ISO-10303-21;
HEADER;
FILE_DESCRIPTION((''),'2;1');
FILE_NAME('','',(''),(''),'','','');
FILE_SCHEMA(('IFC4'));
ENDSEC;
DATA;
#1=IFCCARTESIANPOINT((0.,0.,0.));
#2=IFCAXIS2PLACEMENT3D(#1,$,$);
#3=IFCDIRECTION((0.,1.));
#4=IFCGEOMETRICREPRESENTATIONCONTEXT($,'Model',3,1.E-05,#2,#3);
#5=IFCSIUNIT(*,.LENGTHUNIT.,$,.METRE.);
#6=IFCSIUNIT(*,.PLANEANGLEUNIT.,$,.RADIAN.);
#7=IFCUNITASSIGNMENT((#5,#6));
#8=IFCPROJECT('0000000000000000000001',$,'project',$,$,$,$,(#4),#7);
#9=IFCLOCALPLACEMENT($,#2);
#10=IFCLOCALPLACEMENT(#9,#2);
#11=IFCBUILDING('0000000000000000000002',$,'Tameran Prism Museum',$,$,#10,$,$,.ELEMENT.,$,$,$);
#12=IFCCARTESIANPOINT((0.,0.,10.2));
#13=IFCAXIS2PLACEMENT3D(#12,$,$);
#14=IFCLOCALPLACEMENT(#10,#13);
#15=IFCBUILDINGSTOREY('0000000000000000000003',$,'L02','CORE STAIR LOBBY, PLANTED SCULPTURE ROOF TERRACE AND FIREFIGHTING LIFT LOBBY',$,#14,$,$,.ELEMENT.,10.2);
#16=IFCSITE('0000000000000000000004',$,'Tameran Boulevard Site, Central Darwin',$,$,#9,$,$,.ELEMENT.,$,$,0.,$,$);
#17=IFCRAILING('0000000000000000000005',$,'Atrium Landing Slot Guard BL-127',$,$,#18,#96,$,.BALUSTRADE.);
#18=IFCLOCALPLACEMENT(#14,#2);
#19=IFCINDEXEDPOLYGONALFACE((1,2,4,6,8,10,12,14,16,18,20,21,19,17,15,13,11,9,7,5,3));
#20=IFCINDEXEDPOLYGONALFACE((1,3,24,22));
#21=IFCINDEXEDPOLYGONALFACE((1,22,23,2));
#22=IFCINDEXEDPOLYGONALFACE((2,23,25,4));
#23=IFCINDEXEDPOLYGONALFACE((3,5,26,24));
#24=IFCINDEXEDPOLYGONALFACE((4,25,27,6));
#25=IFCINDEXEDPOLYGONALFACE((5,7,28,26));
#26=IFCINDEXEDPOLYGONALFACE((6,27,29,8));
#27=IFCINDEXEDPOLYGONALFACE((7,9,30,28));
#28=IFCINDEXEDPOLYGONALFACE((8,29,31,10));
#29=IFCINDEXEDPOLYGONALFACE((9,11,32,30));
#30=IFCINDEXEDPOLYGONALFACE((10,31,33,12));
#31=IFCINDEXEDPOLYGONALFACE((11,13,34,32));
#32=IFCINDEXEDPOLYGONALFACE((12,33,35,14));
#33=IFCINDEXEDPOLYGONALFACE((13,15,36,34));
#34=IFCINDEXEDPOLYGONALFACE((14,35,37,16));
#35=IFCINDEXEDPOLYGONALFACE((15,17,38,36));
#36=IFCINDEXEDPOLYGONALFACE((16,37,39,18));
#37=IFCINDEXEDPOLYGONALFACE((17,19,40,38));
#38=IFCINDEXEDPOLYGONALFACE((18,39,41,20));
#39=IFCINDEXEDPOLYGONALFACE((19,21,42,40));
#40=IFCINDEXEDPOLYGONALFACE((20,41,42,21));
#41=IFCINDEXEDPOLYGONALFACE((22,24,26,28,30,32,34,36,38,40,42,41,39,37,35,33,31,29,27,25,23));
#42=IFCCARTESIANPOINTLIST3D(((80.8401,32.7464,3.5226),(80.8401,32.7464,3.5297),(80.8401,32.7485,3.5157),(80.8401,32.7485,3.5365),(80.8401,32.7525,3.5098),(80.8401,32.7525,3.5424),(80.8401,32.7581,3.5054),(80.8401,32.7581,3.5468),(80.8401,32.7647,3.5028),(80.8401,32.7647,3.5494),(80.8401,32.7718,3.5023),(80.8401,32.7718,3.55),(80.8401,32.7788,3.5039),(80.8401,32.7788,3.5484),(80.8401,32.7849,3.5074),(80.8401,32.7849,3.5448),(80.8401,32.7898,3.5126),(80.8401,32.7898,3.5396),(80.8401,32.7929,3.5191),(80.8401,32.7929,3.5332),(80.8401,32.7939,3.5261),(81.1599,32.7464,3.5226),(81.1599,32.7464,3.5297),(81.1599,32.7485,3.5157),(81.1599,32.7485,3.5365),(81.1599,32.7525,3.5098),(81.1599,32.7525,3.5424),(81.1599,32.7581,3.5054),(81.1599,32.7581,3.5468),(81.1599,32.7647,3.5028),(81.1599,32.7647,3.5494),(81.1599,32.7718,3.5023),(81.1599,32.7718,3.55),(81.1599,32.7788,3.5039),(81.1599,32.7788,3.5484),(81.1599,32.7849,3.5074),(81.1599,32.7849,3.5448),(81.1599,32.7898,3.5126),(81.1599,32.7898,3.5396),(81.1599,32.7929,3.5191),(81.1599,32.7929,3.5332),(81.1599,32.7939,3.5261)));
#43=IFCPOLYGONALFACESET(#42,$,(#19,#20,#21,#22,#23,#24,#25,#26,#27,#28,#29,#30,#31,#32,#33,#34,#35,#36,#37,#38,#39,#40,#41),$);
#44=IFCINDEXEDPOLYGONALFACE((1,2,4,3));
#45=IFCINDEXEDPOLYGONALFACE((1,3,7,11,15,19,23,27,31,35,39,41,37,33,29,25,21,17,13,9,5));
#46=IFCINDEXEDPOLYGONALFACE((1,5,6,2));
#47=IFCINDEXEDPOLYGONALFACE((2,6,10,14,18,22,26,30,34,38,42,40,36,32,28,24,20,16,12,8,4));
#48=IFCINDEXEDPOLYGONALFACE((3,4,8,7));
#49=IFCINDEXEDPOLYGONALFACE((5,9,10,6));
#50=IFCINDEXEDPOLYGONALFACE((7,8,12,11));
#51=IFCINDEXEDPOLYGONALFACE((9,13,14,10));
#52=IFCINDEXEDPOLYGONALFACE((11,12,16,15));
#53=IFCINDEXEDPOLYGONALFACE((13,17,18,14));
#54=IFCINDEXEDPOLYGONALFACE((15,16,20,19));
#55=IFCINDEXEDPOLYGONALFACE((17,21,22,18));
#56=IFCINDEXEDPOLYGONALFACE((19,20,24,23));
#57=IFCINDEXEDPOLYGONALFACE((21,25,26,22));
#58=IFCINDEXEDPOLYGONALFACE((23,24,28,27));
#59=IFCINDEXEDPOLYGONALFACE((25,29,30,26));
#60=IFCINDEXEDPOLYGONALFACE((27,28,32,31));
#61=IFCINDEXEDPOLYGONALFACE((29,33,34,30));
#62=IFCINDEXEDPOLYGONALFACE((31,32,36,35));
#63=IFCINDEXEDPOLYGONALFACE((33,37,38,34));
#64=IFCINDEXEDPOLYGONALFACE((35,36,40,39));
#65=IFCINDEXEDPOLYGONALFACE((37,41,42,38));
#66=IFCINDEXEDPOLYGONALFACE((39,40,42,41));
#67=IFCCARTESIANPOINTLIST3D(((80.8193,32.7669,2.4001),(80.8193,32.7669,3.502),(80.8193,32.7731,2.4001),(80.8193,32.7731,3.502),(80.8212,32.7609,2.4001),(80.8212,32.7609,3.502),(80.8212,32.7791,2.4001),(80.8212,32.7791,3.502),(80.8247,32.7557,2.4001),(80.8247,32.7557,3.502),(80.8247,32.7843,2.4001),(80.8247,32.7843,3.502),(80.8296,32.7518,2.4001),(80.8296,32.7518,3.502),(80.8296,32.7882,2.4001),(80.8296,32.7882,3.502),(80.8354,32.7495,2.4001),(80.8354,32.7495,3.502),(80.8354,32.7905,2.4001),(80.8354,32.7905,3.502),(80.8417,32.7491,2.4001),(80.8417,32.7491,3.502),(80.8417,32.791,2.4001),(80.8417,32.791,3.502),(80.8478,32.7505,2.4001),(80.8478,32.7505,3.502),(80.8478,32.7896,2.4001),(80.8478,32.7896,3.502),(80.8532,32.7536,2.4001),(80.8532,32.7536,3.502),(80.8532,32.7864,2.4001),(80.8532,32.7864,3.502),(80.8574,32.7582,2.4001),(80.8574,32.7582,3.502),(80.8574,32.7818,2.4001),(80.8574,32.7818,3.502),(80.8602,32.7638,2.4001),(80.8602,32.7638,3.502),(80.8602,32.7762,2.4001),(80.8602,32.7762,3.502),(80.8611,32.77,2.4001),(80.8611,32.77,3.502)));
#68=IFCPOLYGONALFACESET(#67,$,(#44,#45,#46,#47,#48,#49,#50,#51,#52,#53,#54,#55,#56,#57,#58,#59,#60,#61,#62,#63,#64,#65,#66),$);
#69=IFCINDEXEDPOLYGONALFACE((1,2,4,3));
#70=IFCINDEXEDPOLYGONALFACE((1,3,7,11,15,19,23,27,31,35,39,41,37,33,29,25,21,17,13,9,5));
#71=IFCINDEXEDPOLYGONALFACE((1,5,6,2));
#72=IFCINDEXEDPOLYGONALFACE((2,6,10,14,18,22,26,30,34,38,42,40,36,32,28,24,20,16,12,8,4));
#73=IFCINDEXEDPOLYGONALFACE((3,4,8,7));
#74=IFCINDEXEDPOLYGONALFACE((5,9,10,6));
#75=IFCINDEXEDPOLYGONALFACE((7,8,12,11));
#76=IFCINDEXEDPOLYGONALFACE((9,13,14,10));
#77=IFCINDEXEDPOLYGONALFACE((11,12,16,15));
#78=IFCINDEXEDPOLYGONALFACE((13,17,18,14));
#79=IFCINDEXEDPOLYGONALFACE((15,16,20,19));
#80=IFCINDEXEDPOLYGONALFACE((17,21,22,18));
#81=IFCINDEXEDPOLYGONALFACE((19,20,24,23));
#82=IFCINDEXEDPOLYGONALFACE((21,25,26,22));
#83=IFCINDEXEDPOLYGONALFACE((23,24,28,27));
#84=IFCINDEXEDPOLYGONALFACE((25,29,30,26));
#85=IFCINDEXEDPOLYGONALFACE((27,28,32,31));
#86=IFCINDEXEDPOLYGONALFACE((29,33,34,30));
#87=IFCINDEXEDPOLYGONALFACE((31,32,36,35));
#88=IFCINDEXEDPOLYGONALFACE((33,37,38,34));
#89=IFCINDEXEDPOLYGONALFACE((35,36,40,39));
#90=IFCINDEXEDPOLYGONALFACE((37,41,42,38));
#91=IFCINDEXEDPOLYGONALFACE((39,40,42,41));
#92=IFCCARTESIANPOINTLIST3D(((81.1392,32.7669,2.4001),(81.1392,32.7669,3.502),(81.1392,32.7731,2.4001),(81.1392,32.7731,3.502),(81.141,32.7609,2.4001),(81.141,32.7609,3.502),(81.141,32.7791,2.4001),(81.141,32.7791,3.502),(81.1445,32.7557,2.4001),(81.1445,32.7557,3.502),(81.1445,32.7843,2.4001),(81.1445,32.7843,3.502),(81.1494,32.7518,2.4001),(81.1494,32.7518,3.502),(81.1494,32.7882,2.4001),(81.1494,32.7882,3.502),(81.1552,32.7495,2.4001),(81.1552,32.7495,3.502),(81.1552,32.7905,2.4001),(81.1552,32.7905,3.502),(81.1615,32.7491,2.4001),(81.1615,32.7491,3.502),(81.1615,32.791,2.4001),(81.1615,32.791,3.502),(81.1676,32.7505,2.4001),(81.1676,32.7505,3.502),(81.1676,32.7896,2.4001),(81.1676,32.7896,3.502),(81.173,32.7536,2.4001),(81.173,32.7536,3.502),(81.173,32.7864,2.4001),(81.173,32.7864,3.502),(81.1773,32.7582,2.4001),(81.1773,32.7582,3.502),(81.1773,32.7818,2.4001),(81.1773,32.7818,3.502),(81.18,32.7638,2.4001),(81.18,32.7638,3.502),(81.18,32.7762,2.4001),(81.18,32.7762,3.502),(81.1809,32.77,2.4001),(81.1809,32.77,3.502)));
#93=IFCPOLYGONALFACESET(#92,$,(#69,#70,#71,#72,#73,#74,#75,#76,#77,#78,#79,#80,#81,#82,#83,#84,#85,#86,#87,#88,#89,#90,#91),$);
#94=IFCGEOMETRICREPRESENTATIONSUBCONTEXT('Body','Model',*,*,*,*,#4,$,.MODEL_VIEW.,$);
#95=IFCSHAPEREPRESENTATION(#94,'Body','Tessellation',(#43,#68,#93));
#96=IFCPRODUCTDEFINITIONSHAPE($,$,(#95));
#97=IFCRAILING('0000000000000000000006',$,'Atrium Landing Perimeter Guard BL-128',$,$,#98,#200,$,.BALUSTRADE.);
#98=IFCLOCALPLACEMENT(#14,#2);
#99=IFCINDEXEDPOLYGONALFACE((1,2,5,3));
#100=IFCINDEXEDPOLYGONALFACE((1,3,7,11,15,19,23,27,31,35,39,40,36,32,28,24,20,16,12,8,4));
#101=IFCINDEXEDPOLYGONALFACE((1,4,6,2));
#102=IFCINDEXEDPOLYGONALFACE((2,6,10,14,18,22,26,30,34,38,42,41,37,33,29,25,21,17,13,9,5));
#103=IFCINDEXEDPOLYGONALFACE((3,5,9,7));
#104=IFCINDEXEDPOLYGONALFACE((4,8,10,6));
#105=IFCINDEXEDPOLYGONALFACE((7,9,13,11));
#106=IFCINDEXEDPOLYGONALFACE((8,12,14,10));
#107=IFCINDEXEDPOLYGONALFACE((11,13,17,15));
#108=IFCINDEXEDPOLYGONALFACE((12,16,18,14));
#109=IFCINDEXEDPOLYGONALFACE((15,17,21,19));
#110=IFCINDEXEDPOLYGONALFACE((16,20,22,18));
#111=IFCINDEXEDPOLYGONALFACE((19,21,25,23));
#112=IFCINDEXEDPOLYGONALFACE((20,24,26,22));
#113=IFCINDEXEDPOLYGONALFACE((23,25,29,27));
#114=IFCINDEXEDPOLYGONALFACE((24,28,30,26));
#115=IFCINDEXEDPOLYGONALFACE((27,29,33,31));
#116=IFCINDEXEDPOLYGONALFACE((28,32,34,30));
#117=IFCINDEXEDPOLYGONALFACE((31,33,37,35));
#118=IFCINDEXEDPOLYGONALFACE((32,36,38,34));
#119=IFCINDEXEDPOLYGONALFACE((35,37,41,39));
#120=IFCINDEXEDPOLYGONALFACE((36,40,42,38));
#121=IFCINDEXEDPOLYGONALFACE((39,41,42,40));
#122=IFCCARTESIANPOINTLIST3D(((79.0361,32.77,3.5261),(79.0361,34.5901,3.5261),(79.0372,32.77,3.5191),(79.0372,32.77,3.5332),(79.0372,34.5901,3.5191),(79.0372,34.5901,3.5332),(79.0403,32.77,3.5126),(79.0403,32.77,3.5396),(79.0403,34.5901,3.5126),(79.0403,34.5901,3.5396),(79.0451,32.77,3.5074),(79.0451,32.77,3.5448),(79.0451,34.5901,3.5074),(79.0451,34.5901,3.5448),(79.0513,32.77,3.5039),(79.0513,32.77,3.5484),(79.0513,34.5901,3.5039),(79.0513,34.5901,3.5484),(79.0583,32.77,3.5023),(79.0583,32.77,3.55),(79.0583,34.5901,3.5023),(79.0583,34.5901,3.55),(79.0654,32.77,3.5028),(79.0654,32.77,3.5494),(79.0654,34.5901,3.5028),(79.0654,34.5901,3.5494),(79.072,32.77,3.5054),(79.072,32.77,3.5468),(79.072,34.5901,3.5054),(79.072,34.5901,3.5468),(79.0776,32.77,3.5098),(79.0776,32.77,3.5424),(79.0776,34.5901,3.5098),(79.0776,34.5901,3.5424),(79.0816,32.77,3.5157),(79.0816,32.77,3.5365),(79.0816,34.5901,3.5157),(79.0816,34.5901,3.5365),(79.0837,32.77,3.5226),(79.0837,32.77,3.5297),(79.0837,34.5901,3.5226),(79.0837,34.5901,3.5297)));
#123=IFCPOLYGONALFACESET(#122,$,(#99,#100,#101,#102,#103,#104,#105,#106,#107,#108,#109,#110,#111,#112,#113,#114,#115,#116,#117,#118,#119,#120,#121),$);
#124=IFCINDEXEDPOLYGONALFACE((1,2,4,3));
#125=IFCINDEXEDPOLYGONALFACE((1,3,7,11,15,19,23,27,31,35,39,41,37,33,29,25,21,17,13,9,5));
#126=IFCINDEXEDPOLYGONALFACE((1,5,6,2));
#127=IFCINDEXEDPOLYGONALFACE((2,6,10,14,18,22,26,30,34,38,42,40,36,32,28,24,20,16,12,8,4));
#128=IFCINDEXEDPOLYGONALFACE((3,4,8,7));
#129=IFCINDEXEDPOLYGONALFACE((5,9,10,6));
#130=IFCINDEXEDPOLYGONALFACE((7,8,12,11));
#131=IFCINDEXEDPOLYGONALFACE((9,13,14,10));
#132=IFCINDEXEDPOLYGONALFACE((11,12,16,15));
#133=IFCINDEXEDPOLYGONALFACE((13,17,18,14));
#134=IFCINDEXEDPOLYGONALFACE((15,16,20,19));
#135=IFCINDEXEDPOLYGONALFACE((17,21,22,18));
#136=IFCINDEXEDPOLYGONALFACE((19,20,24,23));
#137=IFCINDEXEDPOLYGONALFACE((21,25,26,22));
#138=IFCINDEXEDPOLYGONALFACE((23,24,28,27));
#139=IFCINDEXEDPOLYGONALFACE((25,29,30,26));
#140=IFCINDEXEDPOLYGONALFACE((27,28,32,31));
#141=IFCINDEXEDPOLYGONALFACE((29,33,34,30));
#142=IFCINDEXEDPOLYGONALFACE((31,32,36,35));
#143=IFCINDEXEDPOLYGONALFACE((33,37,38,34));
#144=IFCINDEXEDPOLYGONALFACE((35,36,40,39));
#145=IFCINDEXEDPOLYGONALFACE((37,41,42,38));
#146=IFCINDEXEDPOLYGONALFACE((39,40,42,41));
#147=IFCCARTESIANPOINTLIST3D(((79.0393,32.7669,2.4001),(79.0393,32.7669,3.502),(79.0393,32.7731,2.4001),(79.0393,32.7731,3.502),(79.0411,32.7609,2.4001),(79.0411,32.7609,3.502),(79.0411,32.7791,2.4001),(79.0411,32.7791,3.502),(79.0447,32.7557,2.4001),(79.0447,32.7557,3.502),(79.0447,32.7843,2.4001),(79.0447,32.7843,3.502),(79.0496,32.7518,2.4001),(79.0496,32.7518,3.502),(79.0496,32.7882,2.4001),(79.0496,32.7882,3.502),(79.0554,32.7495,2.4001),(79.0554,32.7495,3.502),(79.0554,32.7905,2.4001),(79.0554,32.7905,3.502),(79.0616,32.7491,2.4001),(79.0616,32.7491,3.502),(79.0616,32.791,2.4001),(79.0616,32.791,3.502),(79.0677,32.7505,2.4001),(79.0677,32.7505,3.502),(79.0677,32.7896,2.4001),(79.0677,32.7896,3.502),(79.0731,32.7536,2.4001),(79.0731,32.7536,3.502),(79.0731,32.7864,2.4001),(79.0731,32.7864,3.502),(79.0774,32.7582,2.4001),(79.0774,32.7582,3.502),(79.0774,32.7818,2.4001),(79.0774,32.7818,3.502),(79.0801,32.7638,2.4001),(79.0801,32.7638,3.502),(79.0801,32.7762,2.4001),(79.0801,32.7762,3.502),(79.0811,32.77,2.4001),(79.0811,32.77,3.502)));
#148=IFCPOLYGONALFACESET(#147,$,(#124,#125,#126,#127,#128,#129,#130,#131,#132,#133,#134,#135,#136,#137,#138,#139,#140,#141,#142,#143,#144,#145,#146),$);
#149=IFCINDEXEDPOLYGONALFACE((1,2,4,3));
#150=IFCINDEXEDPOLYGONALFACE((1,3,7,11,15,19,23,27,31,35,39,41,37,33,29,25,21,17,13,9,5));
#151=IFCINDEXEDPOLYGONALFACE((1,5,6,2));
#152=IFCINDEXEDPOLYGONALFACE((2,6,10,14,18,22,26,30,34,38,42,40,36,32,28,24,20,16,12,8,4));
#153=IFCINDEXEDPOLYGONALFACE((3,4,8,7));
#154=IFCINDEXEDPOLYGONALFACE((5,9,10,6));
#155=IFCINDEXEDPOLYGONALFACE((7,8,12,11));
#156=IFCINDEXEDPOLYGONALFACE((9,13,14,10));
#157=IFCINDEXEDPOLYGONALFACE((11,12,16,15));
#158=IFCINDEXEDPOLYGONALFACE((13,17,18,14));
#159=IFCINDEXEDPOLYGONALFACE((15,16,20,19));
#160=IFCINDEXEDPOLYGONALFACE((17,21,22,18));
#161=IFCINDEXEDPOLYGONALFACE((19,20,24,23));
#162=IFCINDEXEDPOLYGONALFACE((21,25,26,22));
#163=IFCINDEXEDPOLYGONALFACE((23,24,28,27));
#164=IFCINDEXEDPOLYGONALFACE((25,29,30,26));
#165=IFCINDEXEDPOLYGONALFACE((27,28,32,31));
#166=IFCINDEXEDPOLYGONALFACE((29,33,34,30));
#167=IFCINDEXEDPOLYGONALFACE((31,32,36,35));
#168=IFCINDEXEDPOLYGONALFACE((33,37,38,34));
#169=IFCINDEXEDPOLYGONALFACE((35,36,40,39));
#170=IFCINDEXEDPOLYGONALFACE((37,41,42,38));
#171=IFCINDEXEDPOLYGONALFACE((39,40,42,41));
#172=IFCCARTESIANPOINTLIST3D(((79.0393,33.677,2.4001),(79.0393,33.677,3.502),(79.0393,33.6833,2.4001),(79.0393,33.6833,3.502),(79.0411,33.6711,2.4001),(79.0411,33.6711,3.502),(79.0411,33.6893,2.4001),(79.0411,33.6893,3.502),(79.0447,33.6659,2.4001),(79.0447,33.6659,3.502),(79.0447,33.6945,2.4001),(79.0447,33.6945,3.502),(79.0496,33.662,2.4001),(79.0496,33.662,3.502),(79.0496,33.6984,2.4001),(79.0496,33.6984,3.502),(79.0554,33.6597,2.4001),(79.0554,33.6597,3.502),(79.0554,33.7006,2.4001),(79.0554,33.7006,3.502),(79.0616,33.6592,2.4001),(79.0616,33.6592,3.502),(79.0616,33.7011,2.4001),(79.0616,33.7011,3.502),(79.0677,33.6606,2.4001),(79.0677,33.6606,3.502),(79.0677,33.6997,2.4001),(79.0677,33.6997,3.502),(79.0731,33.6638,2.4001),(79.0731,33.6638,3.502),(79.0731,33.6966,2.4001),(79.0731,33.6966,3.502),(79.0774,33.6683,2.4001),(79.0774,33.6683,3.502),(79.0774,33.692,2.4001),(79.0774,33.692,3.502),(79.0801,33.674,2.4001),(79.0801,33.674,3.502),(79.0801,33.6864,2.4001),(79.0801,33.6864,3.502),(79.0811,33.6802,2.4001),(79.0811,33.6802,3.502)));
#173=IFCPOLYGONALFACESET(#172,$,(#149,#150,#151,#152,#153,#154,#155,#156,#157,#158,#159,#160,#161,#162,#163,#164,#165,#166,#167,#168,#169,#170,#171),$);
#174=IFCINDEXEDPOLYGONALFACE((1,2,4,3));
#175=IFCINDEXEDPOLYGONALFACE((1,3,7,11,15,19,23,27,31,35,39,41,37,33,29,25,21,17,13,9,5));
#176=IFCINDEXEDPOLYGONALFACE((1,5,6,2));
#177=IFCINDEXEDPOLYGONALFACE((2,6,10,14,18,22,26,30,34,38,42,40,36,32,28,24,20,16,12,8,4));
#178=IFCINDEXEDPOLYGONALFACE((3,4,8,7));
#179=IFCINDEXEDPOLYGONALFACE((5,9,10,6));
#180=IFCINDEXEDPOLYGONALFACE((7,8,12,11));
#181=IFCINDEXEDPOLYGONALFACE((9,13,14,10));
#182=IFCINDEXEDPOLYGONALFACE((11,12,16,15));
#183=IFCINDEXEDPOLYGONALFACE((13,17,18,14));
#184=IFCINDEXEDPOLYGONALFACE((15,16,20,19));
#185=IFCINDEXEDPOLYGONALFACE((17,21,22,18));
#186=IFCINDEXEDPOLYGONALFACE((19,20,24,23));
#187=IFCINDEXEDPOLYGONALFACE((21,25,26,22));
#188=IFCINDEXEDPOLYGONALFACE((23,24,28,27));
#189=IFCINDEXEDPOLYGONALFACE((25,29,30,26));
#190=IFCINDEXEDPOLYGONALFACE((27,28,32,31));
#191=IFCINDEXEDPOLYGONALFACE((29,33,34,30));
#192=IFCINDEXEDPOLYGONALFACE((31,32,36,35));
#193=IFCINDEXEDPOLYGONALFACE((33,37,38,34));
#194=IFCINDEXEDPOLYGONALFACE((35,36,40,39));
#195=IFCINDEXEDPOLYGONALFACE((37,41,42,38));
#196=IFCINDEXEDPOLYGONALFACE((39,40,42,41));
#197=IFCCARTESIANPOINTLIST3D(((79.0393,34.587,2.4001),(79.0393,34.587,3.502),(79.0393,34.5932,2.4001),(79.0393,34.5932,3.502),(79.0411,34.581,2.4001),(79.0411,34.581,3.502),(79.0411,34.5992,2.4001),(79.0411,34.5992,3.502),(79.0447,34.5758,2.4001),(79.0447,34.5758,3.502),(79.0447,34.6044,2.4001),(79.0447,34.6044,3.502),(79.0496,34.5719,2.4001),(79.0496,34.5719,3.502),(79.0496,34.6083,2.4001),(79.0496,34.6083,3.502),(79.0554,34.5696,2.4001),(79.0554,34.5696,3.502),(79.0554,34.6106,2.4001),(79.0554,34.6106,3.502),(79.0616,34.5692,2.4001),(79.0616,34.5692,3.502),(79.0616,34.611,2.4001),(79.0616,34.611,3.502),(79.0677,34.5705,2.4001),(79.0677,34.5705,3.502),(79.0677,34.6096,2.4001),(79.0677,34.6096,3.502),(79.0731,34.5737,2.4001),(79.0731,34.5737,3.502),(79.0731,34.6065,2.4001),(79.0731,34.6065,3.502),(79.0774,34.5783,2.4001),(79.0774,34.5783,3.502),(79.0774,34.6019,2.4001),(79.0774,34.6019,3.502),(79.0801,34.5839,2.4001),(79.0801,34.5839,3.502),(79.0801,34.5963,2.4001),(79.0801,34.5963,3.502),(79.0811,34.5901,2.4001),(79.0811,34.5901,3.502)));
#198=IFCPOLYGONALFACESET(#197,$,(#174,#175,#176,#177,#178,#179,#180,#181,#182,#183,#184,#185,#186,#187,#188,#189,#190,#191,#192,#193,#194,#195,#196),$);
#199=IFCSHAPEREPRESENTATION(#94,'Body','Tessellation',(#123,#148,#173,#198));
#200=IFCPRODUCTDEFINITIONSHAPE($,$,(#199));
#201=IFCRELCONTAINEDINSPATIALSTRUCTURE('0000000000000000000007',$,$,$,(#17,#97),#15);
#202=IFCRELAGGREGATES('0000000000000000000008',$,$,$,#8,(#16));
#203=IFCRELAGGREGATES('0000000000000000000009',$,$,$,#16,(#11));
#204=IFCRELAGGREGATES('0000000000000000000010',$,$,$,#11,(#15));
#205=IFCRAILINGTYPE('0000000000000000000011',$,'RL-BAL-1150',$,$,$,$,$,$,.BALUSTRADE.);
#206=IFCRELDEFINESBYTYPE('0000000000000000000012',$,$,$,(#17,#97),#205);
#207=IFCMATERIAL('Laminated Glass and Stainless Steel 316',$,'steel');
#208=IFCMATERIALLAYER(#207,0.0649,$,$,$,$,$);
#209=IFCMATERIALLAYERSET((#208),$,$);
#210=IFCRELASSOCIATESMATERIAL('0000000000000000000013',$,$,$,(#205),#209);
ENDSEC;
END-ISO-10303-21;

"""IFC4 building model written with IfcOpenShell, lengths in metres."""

from ifc_helpers import new_model, si_unit, direction, frame, origin, origin_2d, place, context, subcontext, project, spatial, circle, extrude, material, layer, layer_set, type_object, element, save


model = new_model("IFC4")

# Units and contexts
model_context = context("Model", 3, precision=1e-05, world=origin(), true_north=direction((0.0, 1.0)))
body_context = subcontext(model_context, "Body", "Model", "MODEL_VIEW")
ifc_project = project(units=[si_unit("LENGTHUNIT", "METRE"), si_unit("PLANEANGLEUNIT", "RADIAN")], contexts=[model_context])

# Site, building, storey
site_placement = place(None, origin())
site = spatial("IfcSite", under=ifc_project, at=site_placement, Name="Tameran Boulevard Site, Central Darwin", CompositionType="ELEMENT", RefElevation=0.0)
building_placement = place(site_placement, origin())
building = spatial("IfcBuilding", under=site, at=building_placement, Name="Tameran Prism Museum", CompositionType="ELEMENT")
storey_placement = place(building_placement, frame((0.0, 0.0, 10.2)))
storey = spatial("IfcBuildingStorey", under=building, at=storey_placement, Name="L02", Description="CORE STAIR LOBBY, PLANTED SCULPTURE ROOF TERRACE AND FIREFIGHTING LIFT LOBBY", CompositionType="ELEMENT", Elevation=10.2)

# Railings
ifc_material_1 = material(Name="Laminated Glass and Stainless Steel 316", Category="steel")
ifc_layer_1 = layer(ifc_material_1, 0.0649)
ifc_layer_set_1 = layer_set([ifc_layer_1])
railing_type = type_object("IfcRailingType", Name="RL-BAL-1150", PredefinedType="BALUSTRADE", material=ifc_layer_set_1)
railing_1_placement = place(storey_placement, frame((80.8401, 32.77, 2.4001)))
element("IfcRailing", 1, at=railing_1_placement, inside=storey, type_object=railing_type, Name="Atrium Landing Slot Guard BL-127", PredefinedType="BALUSTRADE", context=body_context, shape_type="SweptSolid", body=[
    extrude(circle(Radius=0.0239, at=origin_2d()), frame((0.0, 0.0, 1.126), z_axis=(1.0, 0.0, 0.0), x_axis=(0.0, 1.0, 0.0)), (0.0, 0.0, 1.0), 0.3198),
    extrude(circle(Radius=0.021, at=origin_2d()), origin(), (0.0, 0.0, 1.0), 1.1018),
    extrude(circle(Radius=0.021, at=origin_2d()), frame((0.3198, 0.0, 0.0)), (0.0, 0.0, 1.0), 1.1018),
])
railing_2_placement = place(storey_placement, frame((79.0601, 32.77, 2.4001)))
element("IfcRailing", 2, at=railing_2_placement, inside=storey, type_object=railing_type, Name="Atrium Landing Perimeter Guard BL-128", PredefinedType="BALUSTRADE", context=body_context, shape_type="SweptSolid", body=[
    extrude(circle(Radius=0.0239, at=origin_2d()), frame((0.0, 0.0, 1.126), z_axis=(0.0, 1.0, 0.0), x_axis=(-1.0, 0.0, 0.0)), (0.0, 0.0, 1.0), 1.8201),
    extrude(circle(Radius=0.021, at=origin_2d()), origin(), (0.0, 0.0, 1.0), 1.1018),
    extrude(circle(Radius=0.021, at=origin_2d()), frame((0.0, 0.9102, 0.0)), (0.0, 0.0, 1.0), 1.1018),
    extrude(circle(Radius=0.021, at=origin_2d()), frame((0.0, 1.8201, 0.0)), (0.0, 0.0, 1.0), 1.1018),
])

save(model, "model.ifc")
